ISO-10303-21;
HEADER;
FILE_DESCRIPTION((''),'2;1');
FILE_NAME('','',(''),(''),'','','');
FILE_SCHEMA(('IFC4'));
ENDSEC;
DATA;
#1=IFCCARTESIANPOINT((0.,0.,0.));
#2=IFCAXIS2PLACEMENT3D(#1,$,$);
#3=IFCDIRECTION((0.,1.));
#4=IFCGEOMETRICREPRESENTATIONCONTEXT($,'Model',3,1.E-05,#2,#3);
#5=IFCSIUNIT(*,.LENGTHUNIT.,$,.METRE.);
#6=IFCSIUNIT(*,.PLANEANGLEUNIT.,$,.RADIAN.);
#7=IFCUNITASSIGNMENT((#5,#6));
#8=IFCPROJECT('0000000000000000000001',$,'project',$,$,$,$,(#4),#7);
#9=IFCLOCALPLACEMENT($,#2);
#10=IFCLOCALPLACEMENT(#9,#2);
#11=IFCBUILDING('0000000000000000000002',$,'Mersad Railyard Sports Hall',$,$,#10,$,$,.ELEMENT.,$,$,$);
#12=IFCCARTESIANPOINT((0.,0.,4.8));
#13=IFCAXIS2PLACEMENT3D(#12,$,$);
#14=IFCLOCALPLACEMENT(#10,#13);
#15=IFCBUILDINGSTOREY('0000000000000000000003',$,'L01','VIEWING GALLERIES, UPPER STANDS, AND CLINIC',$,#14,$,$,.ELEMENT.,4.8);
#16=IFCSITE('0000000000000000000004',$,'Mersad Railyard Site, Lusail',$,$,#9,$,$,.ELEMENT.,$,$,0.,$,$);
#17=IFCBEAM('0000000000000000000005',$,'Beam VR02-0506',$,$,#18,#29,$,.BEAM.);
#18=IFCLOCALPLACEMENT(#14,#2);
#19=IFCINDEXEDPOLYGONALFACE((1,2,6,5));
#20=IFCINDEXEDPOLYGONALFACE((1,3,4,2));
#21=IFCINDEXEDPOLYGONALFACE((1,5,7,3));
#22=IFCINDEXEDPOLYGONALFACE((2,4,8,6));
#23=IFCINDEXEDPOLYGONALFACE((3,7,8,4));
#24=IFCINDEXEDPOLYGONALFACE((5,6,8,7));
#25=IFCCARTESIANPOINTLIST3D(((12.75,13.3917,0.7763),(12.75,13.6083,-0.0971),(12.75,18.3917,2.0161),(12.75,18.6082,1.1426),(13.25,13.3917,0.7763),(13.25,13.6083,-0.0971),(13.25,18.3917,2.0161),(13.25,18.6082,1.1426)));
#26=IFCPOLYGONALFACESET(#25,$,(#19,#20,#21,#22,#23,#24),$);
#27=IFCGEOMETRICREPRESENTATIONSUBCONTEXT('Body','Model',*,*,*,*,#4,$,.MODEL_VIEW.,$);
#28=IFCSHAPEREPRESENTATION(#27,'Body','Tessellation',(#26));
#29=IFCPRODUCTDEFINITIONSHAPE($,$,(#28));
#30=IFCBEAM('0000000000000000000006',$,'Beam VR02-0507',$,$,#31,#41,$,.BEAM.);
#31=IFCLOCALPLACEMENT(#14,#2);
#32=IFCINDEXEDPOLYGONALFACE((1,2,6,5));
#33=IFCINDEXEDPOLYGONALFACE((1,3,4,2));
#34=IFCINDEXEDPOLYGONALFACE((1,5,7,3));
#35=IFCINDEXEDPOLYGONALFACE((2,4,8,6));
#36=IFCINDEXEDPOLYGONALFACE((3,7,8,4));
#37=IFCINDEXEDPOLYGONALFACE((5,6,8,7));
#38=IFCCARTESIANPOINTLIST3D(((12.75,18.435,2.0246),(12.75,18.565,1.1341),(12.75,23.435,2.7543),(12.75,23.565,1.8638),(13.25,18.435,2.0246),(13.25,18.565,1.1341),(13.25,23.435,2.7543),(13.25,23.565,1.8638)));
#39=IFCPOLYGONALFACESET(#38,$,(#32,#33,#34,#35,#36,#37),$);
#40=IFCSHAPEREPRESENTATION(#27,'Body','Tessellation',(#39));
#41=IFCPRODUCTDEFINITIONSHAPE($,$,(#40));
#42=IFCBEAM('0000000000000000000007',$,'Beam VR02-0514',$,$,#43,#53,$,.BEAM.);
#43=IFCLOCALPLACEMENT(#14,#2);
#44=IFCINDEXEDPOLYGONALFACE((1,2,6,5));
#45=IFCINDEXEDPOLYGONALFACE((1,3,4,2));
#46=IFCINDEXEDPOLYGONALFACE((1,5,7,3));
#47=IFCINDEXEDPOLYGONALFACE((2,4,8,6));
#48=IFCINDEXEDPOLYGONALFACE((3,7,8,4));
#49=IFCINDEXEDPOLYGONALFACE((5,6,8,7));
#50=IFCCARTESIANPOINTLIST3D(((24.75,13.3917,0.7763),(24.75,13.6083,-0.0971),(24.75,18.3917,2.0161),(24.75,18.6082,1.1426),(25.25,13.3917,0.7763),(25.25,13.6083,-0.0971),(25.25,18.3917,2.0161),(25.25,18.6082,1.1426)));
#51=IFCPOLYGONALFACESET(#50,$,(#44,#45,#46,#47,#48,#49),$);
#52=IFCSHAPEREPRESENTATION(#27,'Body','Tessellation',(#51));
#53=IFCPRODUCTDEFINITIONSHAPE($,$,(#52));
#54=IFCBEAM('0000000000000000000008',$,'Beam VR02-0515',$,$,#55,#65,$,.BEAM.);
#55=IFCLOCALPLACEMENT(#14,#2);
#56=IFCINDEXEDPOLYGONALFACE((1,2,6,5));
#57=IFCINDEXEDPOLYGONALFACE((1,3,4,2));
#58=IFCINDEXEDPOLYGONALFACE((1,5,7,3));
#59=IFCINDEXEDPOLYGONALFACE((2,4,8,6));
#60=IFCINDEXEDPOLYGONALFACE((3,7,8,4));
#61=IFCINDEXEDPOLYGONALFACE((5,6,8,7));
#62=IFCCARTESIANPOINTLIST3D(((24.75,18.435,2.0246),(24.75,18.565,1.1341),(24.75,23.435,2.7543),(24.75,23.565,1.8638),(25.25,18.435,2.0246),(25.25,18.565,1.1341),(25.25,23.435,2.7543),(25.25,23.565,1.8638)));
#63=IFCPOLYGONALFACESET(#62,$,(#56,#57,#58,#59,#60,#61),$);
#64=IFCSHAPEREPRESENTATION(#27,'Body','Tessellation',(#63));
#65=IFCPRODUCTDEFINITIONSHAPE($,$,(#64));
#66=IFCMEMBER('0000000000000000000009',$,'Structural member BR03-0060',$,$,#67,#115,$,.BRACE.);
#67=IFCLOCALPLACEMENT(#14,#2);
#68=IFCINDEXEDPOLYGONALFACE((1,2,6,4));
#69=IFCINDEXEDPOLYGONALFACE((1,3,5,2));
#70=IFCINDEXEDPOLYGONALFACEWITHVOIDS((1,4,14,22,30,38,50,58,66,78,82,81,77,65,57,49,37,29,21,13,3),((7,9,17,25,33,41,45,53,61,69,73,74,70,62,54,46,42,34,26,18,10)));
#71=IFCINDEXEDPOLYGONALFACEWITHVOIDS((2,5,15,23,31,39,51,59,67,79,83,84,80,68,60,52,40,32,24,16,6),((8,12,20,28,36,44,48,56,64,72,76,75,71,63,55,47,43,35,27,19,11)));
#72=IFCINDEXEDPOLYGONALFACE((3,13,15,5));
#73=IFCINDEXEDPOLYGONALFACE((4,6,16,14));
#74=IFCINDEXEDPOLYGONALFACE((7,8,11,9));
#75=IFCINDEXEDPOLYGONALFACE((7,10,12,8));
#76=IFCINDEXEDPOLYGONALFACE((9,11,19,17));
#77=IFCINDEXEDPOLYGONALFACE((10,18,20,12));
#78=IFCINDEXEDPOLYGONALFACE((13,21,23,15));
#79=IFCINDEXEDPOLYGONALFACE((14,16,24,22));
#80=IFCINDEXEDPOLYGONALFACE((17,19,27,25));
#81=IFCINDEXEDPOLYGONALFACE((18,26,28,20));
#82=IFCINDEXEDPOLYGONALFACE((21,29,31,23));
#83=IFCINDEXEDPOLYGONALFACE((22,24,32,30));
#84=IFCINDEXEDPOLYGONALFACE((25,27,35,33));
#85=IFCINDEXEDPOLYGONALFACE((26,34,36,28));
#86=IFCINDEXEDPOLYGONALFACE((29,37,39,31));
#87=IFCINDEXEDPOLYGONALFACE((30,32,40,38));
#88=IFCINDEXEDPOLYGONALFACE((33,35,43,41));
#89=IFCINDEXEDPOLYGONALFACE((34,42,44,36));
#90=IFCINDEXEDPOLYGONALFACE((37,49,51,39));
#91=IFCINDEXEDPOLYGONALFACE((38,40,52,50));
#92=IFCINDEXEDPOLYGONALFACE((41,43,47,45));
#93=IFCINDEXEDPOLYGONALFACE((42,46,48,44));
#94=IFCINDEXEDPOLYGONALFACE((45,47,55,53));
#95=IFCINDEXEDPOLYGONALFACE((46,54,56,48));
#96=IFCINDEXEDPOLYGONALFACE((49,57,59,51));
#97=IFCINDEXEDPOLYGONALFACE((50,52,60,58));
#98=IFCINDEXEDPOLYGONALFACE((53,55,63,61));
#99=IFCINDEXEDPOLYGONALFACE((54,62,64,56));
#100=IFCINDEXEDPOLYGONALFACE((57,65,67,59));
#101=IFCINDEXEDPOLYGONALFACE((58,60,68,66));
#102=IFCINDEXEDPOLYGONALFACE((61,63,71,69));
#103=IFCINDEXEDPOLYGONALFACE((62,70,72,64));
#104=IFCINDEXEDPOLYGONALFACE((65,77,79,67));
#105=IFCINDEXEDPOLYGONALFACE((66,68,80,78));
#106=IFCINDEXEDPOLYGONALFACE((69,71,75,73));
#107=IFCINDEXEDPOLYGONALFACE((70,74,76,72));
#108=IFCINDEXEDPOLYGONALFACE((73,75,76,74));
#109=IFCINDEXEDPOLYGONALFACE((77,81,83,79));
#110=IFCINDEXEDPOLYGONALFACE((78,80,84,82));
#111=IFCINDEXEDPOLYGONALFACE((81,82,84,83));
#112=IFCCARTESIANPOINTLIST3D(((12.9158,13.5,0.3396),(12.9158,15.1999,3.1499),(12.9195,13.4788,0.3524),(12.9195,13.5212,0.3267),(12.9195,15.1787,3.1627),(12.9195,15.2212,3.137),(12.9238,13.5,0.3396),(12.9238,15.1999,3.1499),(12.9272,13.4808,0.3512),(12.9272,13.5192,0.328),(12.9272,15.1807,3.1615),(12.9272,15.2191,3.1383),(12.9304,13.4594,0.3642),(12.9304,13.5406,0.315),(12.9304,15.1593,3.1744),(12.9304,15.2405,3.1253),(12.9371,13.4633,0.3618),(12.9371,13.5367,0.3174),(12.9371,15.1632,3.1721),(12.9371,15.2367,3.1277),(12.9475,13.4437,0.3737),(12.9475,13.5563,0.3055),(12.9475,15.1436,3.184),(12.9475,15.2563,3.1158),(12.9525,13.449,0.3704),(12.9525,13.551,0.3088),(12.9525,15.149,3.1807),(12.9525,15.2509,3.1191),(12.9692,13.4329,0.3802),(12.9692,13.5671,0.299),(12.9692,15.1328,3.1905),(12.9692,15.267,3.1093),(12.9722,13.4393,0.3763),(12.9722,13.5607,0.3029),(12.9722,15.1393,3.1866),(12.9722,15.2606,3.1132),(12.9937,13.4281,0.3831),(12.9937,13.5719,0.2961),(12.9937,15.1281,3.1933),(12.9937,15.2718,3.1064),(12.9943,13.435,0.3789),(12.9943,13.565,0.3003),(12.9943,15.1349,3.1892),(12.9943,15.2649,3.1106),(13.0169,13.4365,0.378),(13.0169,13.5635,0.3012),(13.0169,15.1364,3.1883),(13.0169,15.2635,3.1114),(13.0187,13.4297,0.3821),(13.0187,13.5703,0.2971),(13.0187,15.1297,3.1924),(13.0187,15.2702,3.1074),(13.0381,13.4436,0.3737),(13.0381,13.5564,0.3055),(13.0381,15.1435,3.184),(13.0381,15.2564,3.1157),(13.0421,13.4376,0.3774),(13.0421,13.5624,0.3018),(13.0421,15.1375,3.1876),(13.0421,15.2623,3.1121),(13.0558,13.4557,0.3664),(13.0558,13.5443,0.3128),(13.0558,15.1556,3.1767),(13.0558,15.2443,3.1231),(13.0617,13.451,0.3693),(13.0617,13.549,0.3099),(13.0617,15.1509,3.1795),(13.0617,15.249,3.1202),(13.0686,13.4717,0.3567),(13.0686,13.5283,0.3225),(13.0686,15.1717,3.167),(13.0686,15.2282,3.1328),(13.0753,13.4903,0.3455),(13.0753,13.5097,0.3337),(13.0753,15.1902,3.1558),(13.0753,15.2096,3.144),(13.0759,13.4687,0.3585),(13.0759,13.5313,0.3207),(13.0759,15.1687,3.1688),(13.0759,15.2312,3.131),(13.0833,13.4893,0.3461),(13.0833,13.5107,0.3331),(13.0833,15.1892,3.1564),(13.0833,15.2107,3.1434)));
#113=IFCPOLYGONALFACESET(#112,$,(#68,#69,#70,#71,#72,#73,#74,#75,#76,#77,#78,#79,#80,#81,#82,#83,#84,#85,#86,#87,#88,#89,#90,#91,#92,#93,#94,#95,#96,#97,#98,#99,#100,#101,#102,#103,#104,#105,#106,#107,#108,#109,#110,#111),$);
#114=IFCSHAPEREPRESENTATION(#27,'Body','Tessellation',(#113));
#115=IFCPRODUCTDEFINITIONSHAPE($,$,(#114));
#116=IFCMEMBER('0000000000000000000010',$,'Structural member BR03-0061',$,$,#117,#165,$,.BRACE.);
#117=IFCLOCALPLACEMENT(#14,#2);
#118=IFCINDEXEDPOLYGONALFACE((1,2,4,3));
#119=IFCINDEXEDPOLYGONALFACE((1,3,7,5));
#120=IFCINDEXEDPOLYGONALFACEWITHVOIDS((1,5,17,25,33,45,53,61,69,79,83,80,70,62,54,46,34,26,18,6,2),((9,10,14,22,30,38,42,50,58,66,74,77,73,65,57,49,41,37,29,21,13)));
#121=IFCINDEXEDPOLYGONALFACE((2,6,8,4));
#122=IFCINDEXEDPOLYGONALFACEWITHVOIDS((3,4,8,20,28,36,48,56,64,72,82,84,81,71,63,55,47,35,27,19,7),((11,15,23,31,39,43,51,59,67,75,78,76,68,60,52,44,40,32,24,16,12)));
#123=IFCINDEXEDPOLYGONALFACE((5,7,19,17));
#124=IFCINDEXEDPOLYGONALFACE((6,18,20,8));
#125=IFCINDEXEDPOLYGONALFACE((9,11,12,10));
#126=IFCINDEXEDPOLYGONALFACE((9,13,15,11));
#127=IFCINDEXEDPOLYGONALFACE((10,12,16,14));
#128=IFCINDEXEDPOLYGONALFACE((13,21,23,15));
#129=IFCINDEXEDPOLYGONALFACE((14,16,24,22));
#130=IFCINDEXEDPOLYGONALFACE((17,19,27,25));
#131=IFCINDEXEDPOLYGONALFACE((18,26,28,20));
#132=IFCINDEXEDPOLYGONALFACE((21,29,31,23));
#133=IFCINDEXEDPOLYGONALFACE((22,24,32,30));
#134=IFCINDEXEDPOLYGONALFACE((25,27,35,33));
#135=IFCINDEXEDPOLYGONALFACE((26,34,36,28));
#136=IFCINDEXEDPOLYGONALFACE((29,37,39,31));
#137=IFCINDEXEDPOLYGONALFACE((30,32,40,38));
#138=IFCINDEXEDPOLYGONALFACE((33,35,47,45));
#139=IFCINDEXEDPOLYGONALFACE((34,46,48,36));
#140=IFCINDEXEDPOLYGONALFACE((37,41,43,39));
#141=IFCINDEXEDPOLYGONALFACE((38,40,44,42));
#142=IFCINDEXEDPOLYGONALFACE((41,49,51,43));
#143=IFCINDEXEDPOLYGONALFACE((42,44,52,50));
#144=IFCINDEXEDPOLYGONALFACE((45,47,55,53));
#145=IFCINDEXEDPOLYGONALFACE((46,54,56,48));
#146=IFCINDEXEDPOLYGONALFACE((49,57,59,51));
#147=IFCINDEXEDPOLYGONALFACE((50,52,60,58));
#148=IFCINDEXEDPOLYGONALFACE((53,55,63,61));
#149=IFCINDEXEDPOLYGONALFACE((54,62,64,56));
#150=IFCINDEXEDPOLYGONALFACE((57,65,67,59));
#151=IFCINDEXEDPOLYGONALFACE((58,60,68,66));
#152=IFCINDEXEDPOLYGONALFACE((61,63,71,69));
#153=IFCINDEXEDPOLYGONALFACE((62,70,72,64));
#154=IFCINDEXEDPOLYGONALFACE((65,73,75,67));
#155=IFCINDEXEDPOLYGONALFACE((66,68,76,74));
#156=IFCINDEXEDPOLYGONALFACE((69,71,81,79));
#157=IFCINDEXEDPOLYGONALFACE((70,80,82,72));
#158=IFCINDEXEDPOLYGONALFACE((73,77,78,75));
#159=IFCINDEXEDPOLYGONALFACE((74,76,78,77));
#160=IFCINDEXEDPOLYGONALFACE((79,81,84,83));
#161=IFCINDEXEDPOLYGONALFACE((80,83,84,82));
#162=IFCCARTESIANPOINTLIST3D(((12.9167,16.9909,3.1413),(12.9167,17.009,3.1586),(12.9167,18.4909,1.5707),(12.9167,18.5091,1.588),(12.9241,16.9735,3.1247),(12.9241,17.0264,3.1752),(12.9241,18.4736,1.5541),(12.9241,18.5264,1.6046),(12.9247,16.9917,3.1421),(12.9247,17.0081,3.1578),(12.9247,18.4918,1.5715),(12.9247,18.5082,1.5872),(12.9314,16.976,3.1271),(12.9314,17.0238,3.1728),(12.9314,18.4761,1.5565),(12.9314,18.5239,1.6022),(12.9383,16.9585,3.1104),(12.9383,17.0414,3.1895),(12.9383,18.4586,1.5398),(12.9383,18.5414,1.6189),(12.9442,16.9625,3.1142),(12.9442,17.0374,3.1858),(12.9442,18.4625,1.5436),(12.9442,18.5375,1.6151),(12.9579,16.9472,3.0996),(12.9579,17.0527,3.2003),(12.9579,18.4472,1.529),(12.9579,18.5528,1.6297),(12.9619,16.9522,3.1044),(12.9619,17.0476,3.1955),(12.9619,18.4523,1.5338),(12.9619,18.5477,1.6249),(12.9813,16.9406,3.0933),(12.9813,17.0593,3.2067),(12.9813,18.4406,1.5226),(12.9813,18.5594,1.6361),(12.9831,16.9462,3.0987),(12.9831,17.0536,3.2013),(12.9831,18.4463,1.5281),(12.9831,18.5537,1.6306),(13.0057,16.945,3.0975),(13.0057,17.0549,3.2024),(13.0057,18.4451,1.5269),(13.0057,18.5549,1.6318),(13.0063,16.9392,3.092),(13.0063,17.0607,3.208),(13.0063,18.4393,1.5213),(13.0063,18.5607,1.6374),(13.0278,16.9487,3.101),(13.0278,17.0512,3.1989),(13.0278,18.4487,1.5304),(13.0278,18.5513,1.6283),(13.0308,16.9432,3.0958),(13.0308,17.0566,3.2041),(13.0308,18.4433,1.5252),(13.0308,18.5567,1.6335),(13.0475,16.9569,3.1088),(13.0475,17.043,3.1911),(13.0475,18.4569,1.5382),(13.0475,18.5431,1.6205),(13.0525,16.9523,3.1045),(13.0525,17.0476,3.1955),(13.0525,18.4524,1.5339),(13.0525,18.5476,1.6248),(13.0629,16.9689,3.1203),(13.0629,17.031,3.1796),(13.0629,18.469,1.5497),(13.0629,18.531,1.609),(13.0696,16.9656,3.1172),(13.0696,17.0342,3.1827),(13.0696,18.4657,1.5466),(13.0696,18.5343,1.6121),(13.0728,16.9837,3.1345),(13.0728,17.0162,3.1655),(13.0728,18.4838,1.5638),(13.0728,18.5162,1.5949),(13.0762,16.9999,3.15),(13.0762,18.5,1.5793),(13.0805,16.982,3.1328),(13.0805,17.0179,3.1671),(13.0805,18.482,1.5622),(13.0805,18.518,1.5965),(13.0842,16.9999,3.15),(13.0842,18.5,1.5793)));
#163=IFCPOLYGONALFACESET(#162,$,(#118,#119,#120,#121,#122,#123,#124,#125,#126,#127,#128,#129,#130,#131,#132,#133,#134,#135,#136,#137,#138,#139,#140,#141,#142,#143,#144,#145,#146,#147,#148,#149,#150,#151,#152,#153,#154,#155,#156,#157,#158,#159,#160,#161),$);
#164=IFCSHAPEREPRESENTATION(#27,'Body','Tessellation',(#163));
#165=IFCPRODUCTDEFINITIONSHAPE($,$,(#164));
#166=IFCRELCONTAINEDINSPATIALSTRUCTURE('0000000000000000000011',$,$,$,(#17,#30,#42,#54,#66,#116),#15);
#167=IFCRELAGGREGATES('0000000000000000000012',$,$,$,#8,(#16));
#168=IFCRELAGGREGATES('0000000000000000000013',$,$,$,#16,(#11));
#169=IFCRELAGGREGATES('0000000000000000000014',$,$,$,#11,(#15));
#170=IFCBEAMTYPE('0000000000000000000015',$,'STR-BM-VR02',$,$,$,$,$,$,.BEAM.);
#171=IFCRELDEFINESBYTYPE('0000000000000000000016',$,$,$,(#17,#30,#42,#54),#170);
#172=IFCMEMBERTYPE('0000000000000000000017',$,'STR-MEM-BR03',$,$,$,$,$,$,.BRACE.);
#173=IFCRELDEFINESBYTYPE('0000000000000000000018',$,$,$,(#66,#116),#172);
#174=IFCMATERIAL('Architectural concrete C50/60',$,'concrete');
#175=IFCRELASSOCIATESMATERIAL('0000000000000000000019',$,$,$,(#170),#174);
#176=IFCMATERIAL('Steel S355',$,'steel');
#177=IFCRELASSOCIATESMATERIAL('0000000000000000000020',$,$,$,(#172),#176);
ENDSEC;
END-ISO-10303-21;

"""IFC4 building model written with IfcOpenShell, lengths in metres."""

from ifc_helpers import new_model, si_unit, direction, frame, origin, origin_2d, place, context, subcontext, project, spatial, rectangle, hollow_circle, extrude, material, material_profile, profile_set, type_object, element, save


model = new_model("IFC4")

# Units and contexts
model_context = context("Model", 3, precision=1e-05, world=origin(), true_north=direction((0.0, 1.0)))
body_context = subcontext(model_context, "Body", "Model", "MODEL_VIEW")
ifc_project = project(units=[si_unit("LENGTHUNIT", "METRE"), si_unit("PLANEANGLEUNIT", "RADIAN")], contexts=[model_context])

# Site, building, storey
site_placement = place(None, origin())
site = spatial("IfcSite", under=ifc_project, at=site_placement, Name="Mersad Railyard Site, Lusail", CompositionType="ELEMENT", RefElevation=0.0)
building_placement = place(site_placement, origin())
building = spatial("IfcBuilding", under=site, at=building_placement, Name="Mersad Railyard Sports Hall", CompositionType="ELEMENT")
storey_placement = place(building_placement, frame((0.0, 0.0, 4.8)))
storey = spatial("IfcBuildingStorey", under=building, at=storey_placement, Name="L01", Description="VIEWING GALLERIES, UPPER STANDS, AND CLINIC", CompositionType="ELEMENT", Elevation=4.8)

# Beams
ifc_material_1 = material(Name="Architectural concrete C50/60", Category="concrete")
ifc_material_profile_1 = material_profile(ifc_material_1, rectangle(XDim=0.5, YDim=0.8999, at=origin_2d()), Name="VR 500x900")
ifc_profile_set_1 = profile_set([ifc_material_profile_1], Name="Architectural concrete C50/60")
beam_type_1 = type_object("IfcBeamType", Name="STR-BM-VR02", PredefinedType="BEAM", material=ifc_profile_set_1)
beam_1_placement = place(storey_placement, frame((13.0, 13.5, 0.3396), z_axis=(0.0, 0.970609, 0.240662), x_axis=(-1.0, 0.0, 0.0)))
element("IfcBeam", 1, at=beam_1_placement, inside=storey, type_object=beam_type_1, Name="Beam VR02-0506", PredefinedType="BEAM", context=body_context, shape_type="SweptSolid", body=[
    extrude(rectangle(XDim=0.5, YDim=0.8999, at=origin_2d()), origin(), (0.0, 0.0, 1.0), 5.1514),
])
beam_2_placement = place(storey_placement, frame((13.0, 18.5, 1.5793), z_axis=(0.0, 0.989517, 0.144417), x_axis=(-1.0, 0.0, 0.0)))
element("IfcBeam", 2, at=beam_2_placement, inside=storey, type_object=beam_type_1, Name="Beam VR02-0507", PredefinedType="BEAM", context=body_context, shape_type="SweptSolid", body=[
    extrude(rectangle(XDim=0.5, YDim=0.8999, at=origin_2d()), origin(), (0.0, 0.0, 1.0), 5.053),
])
beam_3_placement = place(storey_placement, frame((25.0, 13.5, 0.3396), z_axis=(0.0, 0.970609, 0.240662), x_axis=(-1.0, 0.0, 0.0)))
element("IfcBeam", 3, at=beam_3_placement, inside=storey, type_object=beam_type_1, Name="Beam VR02-0514", PredefinedType="BEAM", context=body_context, shape_type="SweptSolid", body=[
    extrude(rectangle(XDim=0.5, YDim=0.8999, at=origin_2d()), origin(), (0.0, 0.0, 1.0), 5.1514),
])
beam_4_placement = place(storey_placement, frame((25.0, 18.5, 1.5793), z_axis=(0.0, 0.989517, 0.144417), x_axis=(-1.0, 0.0, 0.0)))
element("IfcBeam", 4, at=beam_4_placement, inside=storey, type_object=beam_type_1, Name="Beam VR02-0515", PredefinedType="BEAM", context=body_context, shape_type="SweptSolid", body=[
    extrude(rectangle(XDim=0.5, YDim=0.8999, at=origin_2d()), origin(), (0.0, 0.0, 1.0), 5.053),
])

# Members
ifc_material_2 = material(Name="Steel S355", Category="steel")
ifc_material_profile_2 = material_profile(ifc_material_2, hollow_circle(Radius=0.0842, WallThickness=0.0081, at=origin_2d()), Name="CHS 168.3x8")
ifc_profile_set_2 = profile_set([ifc_material_profile_2], Name="Steel S355")
member_type_1 = type_object("IfcMemberType", Name="STR-MEM-BR03", PredefinedType="BRACE", material=ifc_profile_set_2)
member_1_placement = place(storey_placement, frame((13.0, 13.5, 0.3396), z_axis=(0.0, 0.517575, 0.855638), x_axis=(-1.0, 0.0, 0.0)))
element("IfcMember", 5, at=member_1_placement, inside=storey, type_object=member_type_1, Name="Structural member BR03-0060", PredefinedType="BRACE", context=body_context, shape_type="SweptSolid", body=[
    extrude(hollow_circle(Radius=0.0842, WallThickness=0.0081, at=origin_2d()), origin(), (0.0, 0.0, 1.0), 3.2844),
])
member_2_placement = place(storey_placement, frame((13.0, 18.5, 1.5793), z_axis=(0.0, -0.690676, 0.723164), x_axis=(1.0, 0.0, 0.0)))
element("IfcMember", 6, at=member_2_placement, inside=storey, type_object=member_type_1, Name="Structural member BR03-0061", PredefinedType="BRACE", context=body_context, shape_type="SweptSolid", body=[
    extrude(hollow_circle(Radius=0.0842, WallThickness=0.0081, at=origin_2d()), origin(), (0.0, 0.0, 1.0), 2.1719),
])

save(model, "model.ifc")
